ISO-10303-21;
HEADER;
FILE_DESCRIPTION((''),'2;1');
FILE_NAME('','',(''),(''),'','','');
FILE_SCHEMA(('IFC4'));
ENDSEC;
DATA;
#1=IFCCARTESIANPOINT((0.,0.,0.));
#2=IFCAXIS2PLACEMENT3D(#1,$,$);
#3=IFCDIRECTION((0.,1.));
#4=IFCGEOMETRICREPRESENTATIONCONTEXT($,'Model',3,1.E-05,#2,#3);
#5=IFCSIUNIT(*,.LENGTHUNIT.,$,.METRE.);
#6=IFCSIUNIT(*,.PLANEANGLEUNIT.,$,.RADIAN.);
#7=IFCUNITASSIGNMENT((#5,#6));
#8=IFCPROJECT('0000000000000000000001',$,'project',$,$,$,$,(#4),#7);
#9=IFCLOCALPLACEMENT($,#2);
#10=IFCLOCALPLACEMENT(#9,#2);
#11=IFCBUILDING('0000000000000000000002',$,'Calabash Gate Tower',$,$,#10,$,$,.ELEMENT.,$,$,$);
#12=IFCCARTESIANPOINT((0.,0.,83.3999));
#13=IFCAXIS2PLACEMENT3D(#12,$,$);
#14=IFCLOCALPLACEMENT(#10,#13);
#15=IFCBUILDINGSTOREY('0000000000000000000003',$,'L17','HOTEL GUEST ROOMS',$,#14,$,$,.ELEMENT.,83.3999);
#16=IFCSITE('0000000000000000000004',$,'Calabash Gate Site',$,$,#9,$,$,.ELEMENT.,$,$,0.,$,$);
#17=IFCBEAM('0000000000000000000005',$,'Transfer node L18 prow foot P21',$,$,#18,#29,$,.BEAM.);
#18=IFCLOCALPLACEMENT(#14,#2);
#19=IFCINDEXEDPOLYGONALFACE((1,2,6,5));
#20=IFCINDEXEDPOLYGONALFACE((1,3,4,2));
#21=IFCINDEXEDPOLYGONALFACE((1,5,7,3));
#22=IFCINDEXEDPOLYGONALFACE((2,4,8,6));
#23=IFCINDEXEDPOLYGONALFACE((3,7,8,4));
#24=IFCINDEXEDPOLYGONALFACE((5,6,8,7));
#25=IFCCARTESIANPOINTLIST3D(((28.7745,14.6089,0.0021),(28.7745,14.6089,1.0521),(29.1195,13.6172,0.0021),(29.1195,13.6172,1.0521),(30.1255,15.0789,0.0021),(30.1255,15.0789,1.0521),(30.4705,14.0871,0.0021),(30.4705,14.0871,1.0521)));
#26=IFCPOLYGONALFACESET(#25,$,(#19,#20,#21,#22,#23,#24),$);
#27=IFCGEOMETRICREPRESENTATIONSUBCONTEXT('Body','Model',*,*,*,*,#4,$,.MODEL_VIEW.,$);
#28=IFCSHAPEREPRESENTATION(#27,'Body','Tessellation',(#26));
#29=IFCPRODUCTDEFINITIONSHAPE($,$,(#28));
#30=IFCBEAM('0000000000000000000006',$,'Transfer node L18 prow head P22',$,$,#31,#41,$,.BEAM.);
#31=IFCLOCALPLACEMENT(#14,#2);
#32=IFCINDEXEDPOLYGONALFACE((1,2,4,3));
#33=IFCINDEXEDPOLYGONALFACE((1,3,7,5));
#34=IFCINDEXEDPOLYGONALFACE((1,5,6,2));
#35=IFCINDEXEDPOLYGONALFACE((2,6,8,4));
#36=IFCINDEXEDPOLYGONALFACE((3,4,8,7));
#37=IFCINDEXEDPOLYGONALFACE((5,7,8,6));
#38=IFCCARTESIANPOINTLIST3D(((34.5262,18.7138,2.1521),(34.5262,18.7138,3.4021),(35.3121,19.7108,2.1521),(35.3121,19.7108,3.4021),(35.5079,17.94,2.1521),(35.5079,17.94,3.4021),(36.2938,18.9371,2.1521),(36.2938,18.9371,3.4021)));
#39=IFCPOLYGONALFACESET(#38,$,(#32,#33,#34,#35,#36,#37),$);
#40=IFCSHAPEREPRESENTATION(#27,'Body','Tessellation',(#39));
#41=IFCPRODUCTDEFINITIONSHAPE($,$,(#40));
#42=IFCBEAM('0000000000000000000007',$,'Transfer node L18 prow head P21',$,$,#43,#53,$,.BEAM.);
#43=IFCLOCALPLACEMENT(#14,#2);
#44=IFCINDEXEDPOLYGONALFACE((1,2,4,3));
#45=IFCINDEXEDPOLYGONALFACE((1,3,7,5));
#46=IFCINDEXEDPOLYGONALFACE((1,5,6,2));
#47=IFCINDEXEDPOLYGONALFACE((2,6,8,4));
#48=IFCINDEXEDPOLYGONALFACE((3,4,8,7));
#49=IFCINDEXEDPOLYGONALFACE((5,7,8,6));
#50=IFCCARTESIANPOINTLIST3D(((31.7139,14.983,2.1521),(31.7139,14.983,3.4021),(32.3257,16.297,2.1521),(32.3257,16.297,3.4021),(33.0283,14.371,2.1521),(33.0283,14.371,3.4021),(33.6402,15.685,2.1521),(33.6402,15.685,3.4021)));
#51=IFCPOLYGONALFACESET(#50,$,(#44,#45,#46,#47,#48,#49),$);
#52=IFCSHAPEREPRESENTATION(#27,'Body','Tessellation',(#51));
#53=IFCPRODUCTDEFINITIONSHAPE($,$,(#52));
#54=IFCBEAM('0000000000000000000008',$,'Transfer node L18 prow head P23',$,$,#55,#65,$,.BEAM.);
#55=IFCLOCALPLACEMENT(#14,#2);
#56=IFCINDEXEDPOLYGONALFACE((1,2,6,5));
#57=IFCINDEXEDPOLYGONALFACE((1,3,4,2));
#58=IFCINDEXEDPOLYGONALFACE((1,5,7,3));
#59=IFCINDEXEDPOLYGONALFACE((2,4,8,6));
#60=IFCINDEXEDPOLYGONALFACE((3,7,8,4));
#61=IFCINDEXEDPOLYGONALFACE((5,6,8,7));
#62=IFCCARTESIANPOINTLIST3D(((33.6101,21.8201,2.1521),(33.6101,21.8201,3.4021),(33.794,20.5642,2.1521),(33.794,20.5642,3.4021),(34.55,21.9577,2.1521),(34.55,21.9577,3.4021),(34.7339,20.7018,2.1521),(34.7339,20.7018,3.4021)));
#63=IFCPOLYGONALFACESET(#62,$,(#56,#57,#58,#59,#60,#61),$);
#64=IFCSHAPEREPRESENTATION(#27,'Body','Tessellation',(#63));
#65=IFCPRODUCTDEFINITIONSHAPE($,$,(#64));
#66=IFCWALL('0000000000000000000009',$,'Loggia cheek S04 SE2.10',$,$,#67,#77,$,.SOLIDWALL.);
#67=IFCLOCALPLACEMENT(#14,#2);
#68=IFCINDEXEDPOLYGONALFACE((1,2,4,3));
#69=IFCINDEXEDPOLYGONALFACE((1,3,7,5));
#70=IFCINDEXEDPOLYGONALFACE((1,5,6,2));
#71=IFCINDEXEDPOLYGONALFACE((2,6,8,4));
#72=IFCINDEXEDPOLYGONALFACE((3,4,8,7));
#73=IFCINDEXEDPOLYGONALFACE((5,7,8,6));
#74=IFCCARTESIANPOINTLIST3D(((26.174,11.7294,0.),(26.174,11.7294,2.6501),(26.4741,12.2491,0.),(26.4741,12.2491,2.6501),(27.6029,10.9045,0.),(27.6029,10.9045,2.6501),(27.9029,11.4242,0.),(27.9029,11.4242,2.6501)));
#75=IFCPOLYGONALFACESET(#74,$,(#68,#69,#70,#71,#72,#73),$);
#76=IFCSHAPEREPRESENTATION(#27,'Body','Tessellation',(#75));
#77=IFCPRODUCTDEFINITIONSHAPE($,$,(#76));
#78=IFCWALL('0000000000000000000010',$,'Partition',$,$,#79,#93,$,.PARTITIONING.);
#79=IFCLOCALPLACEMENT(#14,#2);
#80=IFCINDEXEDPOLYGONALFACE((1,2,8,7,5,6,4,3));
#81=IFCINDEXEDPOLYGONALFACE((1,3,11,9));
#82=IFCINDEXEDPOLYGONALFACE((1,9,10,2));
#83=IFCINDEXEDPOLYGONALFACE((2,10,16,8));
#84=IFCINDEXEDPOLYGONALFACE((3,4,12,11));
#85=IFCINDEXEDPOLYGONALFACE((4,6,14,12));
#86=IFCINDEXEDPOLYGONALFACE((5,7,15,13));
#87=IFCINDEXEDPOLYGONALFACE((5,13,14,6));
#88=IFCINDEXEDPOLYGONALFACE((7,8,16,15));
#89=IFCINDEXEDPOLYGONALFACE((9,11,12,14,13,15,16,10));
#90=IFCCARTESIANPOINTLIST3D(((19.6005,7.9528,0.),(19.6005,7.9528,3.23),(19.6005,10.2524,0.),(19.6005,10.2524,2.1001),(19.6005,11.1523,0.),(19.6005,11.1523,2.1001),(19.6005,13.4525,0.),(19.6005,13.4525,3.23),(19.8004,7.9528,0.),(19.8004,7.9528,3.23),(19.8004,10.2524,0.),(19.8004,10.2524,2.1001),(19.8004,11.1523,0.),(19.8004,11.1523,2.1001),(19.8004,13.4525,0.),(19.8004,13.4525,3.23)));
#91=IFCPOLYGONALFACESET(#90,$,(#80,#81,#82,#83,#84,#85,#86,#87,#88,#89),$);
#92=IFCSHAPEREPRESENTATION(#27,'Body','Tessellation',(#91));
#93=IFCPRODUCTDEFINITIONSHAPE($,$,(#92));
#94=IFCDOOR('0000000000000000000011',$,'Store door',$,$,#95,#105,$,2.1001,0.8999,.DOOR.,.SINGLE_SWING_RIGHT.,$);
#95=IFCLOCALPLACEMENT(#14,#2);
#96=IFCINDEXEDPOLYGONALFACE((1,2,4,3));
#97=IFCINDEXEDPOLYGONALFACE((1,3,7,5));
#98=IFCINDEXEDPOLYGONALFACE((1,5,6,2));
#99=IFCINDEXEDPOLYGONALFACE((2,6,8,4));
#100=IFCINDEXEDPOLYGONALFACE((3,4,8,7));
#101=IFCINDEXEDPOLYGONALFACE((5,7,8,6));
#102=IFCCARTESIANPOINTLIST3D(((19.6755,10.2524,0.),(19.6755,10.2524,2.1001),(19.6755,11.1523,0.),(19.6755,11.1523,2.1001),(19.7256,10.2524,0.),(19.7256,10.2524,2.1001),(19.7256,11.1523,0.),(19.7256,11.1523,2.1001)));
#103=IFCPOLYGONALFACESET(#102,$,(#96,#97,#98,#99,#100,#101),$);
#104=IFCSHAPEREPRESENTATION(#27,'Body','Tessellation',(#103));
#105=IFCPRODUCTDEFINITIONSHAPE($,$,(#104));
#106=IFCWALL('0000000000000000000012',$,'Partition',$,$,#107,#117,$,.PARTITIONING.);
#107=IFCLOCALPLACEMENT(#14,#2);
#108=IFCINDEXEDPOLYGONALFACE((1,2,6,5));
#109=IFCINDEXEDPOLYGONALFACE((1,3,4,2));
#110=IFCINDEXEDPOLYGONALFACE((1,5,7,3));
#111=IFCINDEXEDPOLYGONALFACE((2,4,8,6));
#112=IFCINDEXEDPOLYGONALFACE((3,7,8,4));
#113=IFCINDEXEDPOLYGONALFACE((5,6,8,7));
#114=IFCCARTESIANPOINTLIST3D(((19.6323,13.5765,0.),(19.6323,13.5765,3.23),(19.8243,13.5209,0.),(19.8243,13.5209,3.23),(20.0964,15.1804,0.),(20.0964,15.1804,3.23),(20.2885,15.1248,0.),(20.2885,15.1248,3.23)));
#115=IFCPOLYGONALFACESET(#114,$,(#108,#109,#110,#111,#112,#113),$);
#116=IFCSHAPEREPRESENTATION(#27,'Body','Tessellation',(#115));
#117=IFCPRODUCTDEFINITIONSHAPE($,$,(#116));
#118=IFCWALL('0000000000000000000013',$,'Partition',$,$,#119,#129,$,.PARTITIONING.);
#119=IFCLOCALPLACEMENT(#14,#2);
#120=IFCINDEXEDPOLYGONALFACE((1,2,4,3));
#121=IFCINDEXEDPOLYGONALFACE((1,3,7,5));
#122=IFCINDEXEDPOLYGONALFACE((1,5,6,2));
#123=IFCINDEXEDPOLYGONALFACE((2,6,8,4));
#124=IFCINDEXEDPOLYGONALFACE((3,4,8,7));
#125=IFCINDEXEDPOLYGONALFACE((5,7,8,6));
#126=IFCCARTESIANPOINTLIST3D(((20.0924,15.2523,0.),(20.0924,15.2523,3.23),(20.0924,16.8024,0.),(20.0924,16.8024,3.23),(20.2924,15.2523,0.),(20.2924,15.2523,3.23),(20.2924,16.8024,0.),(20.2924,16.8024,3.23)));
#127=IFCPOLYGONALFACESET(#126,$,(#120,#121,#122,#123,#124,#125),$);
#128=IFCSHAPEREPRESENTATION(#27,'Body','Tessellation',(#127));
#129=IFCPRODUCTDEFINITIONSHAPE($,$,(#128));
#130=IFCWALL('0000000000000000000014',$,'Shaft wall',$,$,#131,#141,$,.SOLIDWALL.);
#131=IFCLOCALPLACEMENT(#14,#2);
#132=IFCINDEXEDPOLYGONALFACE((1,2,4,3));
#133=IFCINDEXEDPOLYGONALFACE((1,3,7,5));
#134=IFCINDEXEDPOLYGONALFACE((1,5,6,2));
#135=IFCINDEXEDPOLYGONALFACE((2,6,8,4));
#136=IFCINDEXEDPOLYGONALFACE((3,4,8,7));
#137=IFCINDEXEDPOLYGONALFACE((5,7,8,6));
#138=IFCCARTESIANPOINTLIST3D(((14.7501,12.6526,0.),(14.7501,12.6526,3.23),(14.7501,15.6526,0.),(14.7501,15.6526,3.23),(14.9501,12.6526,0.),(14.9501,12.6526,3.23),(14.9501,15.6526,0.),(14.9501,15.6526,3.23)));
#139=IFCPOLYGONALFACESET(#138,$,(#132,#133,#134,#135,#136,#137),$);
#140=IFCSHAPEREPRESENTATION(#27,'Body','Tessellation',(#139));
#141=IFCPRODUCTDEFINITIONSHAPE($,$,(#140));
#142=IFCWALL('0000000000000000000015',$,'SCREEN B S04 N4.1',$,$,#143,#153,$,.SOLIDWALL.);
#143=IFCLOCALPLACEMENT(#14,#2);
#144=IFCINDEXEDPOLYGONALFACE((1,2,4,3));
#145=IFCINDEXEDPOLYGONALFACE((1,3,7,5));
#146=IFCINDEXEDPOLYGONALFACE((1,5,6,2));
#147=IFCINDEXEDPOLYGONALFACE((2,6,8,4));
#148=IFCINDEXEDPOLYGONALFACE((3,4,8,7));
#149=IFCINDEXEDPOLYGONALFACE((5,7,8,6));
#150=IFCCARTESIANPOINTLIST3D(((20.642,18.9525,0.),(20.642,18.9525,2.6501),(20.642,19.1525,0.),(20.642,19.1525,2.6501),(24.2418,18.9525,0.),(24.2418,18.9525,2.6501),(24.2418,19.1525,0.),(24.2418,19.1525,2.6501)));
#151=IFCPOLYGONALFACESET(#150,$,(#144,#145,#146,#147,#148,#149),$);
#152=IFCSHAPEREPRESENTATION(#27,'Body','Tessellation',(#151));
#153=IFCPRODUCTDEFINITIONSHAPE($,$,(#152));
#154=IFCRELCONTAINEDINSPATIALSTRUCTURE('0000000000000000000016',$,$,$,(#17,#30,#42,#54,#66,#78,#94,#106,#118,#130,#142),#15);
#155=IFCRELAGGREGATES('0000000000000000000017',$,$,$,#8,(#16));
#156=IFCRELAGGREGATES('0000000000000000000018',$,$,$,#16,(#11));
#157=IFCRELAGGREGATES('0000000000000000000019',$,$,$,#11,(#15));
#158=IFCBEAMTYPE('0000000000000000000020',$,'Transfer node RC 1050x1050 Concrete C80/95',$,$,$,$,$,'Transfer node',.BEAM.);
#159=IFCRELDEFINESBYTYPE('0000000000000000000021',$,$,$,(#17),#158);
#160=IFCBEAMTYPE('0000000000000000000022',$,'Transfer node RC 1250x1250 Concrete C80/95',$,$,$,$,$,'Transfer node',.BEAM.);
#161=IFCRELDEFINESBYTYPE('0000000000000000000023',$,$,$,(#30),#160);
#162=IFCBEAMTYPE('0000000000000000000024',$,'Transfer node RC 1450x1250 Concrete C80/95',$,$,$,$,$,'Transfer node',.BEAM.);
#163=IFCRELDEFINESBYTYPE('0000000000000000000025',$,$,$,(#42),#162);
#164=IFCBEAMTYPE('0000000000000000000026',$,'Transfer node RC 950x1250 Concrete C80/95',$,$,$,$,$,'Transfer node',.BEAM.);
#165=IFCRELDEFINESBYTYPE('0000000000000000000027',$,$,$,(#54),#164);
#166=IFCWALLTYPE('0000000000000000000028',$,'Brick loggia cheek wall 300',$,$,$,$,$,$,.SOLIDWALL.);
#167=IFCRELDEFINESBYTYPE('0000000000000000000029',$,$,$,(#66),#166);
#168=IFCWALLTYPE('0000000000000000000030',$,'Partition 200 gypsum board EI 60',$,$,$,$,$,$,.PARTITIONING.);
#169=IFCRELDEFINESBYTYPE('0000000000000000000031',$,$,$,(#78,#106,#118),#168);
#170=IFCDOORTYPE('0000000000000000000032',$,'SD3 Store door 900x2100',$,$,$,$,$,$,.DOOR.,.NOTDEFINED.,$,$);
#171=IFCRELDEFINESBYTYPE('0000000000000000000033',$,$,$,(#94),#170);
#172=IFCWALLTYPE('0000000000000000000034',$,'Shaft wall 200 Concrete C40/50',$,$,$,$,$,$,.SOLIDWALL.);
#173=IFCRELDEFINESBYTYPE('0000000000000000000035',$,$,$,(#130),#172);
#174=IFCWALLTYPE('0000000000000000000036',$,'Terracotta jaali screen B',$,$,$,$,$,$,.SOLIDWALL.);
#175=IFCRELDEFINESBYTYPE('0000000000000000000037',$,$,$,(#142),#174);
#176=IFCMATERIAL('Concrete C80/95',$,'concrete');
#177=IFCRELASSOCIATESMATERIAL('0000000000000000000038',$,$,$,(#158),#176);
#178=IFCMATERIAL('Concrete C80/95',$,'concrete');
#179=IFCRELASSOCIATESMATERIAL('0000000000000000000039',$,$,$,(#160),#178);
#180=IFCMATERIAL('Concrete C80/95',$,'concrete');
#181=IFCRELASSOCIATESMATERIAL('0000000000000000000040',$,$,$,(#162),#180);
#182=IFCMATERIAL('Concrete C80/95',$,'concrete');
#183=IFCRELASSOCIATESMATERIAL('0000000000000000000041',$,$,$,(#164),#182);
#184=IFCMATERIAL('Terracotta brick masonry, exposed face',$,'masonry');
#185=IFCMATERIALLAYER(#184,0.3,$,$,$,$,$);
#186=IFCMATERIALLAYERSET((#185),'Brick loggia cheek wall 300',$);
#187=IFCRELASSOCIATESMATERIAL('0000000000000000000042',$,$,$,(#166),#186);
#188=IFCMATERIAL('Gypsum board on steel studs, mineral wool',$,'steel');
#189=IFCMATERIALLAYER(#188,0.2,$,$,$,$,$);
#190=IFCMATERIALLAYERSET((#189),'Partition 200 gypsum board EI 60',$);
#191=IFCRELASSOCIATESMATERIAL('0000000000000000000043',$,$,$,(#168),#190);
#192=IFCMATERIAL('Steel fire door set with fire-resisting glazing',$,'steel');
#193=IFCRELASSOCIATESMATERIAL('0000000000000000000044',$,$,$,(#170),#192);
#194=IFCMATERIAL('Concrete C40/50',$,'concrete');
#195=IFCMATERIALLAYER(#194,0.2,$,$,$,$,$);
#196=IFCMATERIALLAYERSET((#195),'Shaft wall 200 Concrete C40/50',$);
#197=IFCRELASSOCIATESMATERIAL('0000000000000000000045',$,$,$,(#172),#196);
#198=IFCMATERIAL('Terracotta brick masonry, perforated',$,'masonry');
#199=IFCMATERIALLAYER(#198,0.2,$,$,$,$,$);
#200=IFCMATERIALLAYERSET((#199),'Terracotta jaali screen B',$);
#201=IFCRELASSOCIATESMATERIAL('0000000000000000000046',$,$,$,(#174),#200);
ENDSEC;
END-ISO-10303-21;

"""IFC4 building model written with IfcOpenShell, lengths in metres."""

from ifc_helpers import new_model, si_unit, direction, frame, frame_2d, origin, origin_2d, place, context, subcontext, project, spatial, rectangle, extrude, material, layer, layer_set, material_profile, profile_set, type_object, element, fill, save


model = new_model("IFC4")

# Units and contexts
model_context = context("Model", 3, precision=1e-05, world=origin(), true_north=direction((0.0, 1.0)))
body_context = subcontext(model_context, "Body", "Model", "MODEL_VIEW")
ifc_project = project(units=[si_unit("LENGTHUNIT", "METRE"), si_unit("PLANEANGLEUNIT", "RADIAN")], contexts=[model_context])

# Site, building, storey
site_placement = place(None, origin())
site = spatial("IfcSite", under=ifc_project, at=site_placement, Name="Calabash Gate Site", CompositionType="ELEMENT", RefElevation=0.0)
building_placement = place(site_placement, origin())
building = spatial("IfcBuilding", under=site, at=building_placement, Name="Calabash Gate Tower", CompositionType="ELEMENT")
storey_placement = place(building_placement, frame((0.0, 0.0, 83.3999)))
storey = spatial("IfcBuildingStorey", under=building, at=storey_placement, Name="L17", Description="HOTEL GUEST ROOMS", CompositionType="ELEMENT", Elevation=83.3999)

# Beams
ifc_material_1 = material(Name="Concrete C80/95", Category="concrete")
ifc_material_profile_1 = material_profile(ifc_material_1, rectangle(XDim=1.05, YDim=1.05, at=origin_2d()))
ifc_profile_set_1 = profile_set([ifc_material_profile_1], Name="Concrete C80/95")
beam_type_1 = type_object("IfcBeamType", Name="Transfer node RC 1050x1050 Concrete C80/95", ElementType="Transfer node", PredefinedType="BEAM", material=ifc_profile_set_1)
beam_1_placement = place(storey_placement, frame((28.947, 14.113, 0.5271), z_axis=(0.94449, 0.32854, 0.0), x_axis=(-0.32854, 0.94449, 0.0)))
element("IfcBeam", 1, at=beam_1_placement, inside=storey, type_object=beam_type_1, Name="Transfer node L18 prow foot P21", PredefinedType="BEAM", context=body_context, shape_type="SweptSolid", body=[
    extrude(rectangle(XDim=1.05, YDim=1.05, at=origin_2d()), origin(), (0.0, 0.0, 1.0), 1.4304),
])
ifc_material_2 = material(Name="Concrete C80/95", Category="concrete")
ifc_material_profile_2 = material_profile(ifc_material_2, rectangle(XDim=1.25, YDim=1.25, at=origin_2d()))
ifc_profile_set_2 = profile_set([ifc_material_profile_2], Name="Concrete C80/95")
beam_type_2 = type_object("IfcBeamType", Name="Transfer node RC 1250x1250 Concrete C80/95", ElementType="Transfer node", PredefinedType="BEAM", material=ifc_profile_set_2)
beam_2_placement = place(storey_placement, frame((35.0171, 18.3269, 2.7771), z_axis=(0.619027, 0.78537, 0.0), x_axis=(-0.78537, 0.619027, 0.0)))
element("IfcBeam", 2, at=beam_2_placement, inside=storey, type_object=beam_type_2, Name="Transfer node L18 prow head P22", PredefinedType="BEAM", context=body_context, shape_type="SweptSolid", body=[
    extrude(rectangle(XDim=1.25, YDim=1.25, at=origin_2d()), origin(), (0.0, 0.0, 1.0), 1.2695),
])
ifc_material_3 = material(Name="Concrete C80/95", Category="concrete")
ifc_material_profile_3 = material_profile(ifc_material_3, rectangle(XDim=1.45, YDim=1.25, at=origin_2d()))
ifc_profile_set_3 = profile_set([ifc_material_profile_3], Name="Concrete C80/95")
beam_type_3 = type_object("IfcBeamType", Name="Transfer node RC 1450x1250 Concrete C80/95", ElementType="Transfer node", PredefinedType="BEAM", material=ifc_profile_set_3)
beam_3_placement = place(storey_placement, frame((32.3711, 14.677, 2.7771), z_axis=(0.422111, 0.906544, 0.0), x_axis=(-0.906544, 0.422111, 0.0)))
element("IfcBeam", 3, at=beam_3_placement, inside=storey, type_object=beam_type_3, Name="Transfer node L18 prow head P21", PredefinedType="BEAM", context=body_context, shape_type="SweptSolid", body=[
    extrude(rectangle(XDim=1.45, YDim=1.25, at=origin_2d()), origin(), (0.0, 0.0, 1.0), 1.4495),
])
ifc_material_4 = material(Name="Concrete C80/95", Category="concrete")
ifc_material_profile_4 = material_profile(ifc_material_4, rectangle(XDim=0.95, YDim=1.25, at=origin_2d()))
ifc_profile_set_4 = profile_set([ifc_material_profile_4], Name="Concrete C80/95")
beam_type_4 = type_object("IfcBeamType", Name="Transfer node RC 950x1250 Concrete C80/95", ElementType="Transfer node", PredefinedType="BEAM", material=ifc_profile_set_4)
beam_4_placement = place(storey_placement, frame((34.0801, 21.8889, 2.7771), z_axis=(0.144841, -0.989455, 0.0), x_axis=(0.989455, 0.144841, 0.0)))
element("IfcBeam", 4, at=beam_4_placement, inside=storey, type_object=beam_type_4, Name="Transfer node L18 prow head P23", PredefinedType="BEAM", context=body_context, shape_type="SweptSolid", body=[
    extrude(rectangle(XDim=0.95, YDim=1.25, at=origin_2d()), origin(), (0.0, 0.0, 1.0), 1.2693),
])

# Wall
ifc_material_5 = material(Name="Terracotta brick masonry, exposed face", Category="masonry")
ifc_layer_1 = layer(ifc_material_5, 0.3)
ifc_layer_set_1 = layer_set([ifc_layer_1], Name="Brick loggia cheek wall 300")
wall_type_1 = type_object("IfcWallType", Name="Brick loggia cheek wall 300", PredefinedType="SOLIDWALL", material=ifc_layer_set_1)
wall_1_placement = place(storey_placement, frame((27.7529, 11.1643, 0.0), z_axis=(0.0, 0.0, 1.0), x_axis=(-0.86604, 0.499974, 0.0)))
element("IfcWall", 5, at=wall_1_placement, inside=storey, type_object=wall_type_1, Name="Loggia cheek S04 SE2.10", PredefinedType="SOLIDWALL", context=body_context, shape_type="SweptSolid", body=[
    extrude(rectangle(XDim=1.6499, YDim=0.6001, at=frame_2d((0.825, 0.0))), origin(), (0.0, 0.0, 1.0), 2.6501),
])

# Wall, opening, door
ifc_material_6 = material(Name="Gypsum board on steel studs, mineral wool", Category="steel")
ifc_layer_2 = layer(ifc_material_6, 0.2)
ifc_layer_set_2 = layer_set([ifc_layer_2], Name="Partition 200 gypsum board EI 60")
wall_type_2 = type_object("IfcWallType", Name="Partition 200 gypsum board EI 60", PredefinedType="PARTITIONING", material=ifc_layer_set_2)
wall_2_placement = place(storey_placement, frame((19.7004, 7.9526, 0.0), z_axis=(0.0, 0.0, 1.0), x_axis=(0.0, 1.0, 0.0)))
wall_2 = element("IfcWall", 6, at=wall_2_placement, inside=storey, type_object=wall_type_2, Name="Partition", PredefinedType="PARTITIONING", context=body_context, shape_type="SweptSolid", body=[
    extrude(rectangle(XDim=5.4998, YDim=0.2, at=frame_2d((2.75, 0.0))), origin(), (0.0, 0.0, 1.0), 3.23),
])
opening_1_placement = place(wall_2_placement, frame((2.2998, 0.0, 0.0)))
opening_1 = element("IfcOpeningElement", 7, at=opening_1_placement, cuts=wall_2, PredefinedType="OPENING", context=body_context, shape_type="SweptSolid", body=[
    extrude(rectangle(XDim=0.8999, YDim=2.1001, at=frame_2d((0.45, 1.05))), frame((0.0, 0.1099, 0.0), z_axis=(0.0, -1.0, 0.0), x_axis=(1.0, 0.0, 0.0)), (0.0, 0.0, 1.0), 0.22),
])
ifc_material_7 = material(Name="Steel fire door set with fire-resisting glazing", Category="steel")
door_type_1 = type_object("IfcDoorType", Name="SD3 Store door 900x2100", OperationType="NOTDEFINED", PredefinedType="DOOR", material=ifc_material_7)
door_1_placement = place(opening_1_placement, origin())
door_1 = element("IfcDoor", 8, at=door_1_placement, inside=storey, type_object=door_type_1, Name="Store door", OperationType="SINGLE_SWING_RIGHT", OverallHeight=2.1001, OverallWidth=0.8999, PredefinedType="DOOR", context=body_context, shape_type="SweptSolid", body=[
    extrude(rectangle(XDim=0.8999, YDim=2.1001, at=frame_2d((0.45, 1.05))), frame((0.0, 0.0249, 0.0), z_axis=(0.0, -1.0, 0.0), x_axis=(1.0, 0.0, 0.0)), (0.0, 0.0, 1.0), 0.05),
])
fill(opening_1, door_1)

# Walls
wall_3_placement = place(storey_placement, frame((19.7283, 13.5486, 0.0), z_axis=(0.0, 0.0, 1.0), x_axis=(0.277984, 0.960586, 0.0)))
element("IfcWall", 9, at=wall_3_placement, inside=storey, type_object=wall_type_2, Name="Partition", PredefinedType="PARTITIONING", context=body_context, shape_type="SweptSolid", body=[
    extrude(rectangle(XDim=1.6697, YDim=0.2, at=frame_2d((0.835, 0.0))), origin(), (0.0, 0.0, 1.0), 3.23),
])
wall_4_placement = place(storey_placement, frame((20.1924, 15.2524, 0.0), z_axis=(0.0, 0.0, 1.0), x_axis=(0.0, 1.0, 0.0)))
element("IfcWall", 10, at=wall_4_placement, inside=storey, type_object=wall_type_2, Name="Partition", PredefinedType="PARTITIONING", context=body_context, shape_type="SweptSolid", body=[
    extrude(rectangle(XDim=1.55, YDim=0.2, at=frame_2d((0.7749, 0.0))), origin(), (0.0, 0.0, 1.0), 3.23),
])
ifc_material_8 = material(Name="Concrete C40/50", Category="concrete")
ifc_layer_3 = layer(ifc_material_8, 0.2)
ifc_layer_set_3 = layer_set([ifc_layer_3], Name="Shaft wall 200 Concrete C40/50")
wall_type_3 = type_object("IfcWallType", Name="Shaft wall 200 Concrete C40/50", PredefinedType="SOLIDWALL", material=ifc_layer_set_3)
wall_5_placement = place(storey_placement, frame((14.8501, 12.6526, 0.0), z_axis=(0.0, 0.0, 1.0), x_axis=(0.0, 1.0, 0.0)))
element("IfcWall", 11, at=wall_5_placement, inside=storey, type_object=wall_type_3, Name="Shaft wall", PredefinedType="SOLIDWALL", context=body_context, shape_type="SweptSolid", body=[
    extrude(rectangle(XDim=3.0, YDim=0.2, at=frame_2d((1.5, 0.0))), origin(), (0.0, 0.0, 1.0), 3.23),
])
ifc_material_9 = material(Name="Terracotta brick masonry, perforated", Category="masonry")
ifc_layer_4 = layer(ifc_material_9, 0.2)
ifc_layer_set_4 = layer_set([ifc_layer_4], Name="Terracotta jaali screen B")
wall_type_4 = type_object("IfcWallType", Name="Terracotta jaali screen B", PredefinedType="SOLIDWALL", material=ifc_layer_set_4)
wall_6_placement = place(storey_placement, frame((24.2417, 19.0525, 0.0), z_axis=(0.0, 0.0, 1.0), x_axis=(-1.0, 0.0, 0.0)))
element("IfcWall", 12, at=wall_6_placement, inside=storey, type_object=wall_type_4, Name="SCREEN B S04 N4.1", PredefinedType="SOLIDWALL", context=body_context, shape_type="SweptSolid", body=[
    extrude(rectangle(XDim=3.5999, YDim=0.2, at=frame_2d((1.7998, 0.0))), origin(), (0.0, 0.0, 1.0), 2.6501),
])

save(model, "model.ifc")
